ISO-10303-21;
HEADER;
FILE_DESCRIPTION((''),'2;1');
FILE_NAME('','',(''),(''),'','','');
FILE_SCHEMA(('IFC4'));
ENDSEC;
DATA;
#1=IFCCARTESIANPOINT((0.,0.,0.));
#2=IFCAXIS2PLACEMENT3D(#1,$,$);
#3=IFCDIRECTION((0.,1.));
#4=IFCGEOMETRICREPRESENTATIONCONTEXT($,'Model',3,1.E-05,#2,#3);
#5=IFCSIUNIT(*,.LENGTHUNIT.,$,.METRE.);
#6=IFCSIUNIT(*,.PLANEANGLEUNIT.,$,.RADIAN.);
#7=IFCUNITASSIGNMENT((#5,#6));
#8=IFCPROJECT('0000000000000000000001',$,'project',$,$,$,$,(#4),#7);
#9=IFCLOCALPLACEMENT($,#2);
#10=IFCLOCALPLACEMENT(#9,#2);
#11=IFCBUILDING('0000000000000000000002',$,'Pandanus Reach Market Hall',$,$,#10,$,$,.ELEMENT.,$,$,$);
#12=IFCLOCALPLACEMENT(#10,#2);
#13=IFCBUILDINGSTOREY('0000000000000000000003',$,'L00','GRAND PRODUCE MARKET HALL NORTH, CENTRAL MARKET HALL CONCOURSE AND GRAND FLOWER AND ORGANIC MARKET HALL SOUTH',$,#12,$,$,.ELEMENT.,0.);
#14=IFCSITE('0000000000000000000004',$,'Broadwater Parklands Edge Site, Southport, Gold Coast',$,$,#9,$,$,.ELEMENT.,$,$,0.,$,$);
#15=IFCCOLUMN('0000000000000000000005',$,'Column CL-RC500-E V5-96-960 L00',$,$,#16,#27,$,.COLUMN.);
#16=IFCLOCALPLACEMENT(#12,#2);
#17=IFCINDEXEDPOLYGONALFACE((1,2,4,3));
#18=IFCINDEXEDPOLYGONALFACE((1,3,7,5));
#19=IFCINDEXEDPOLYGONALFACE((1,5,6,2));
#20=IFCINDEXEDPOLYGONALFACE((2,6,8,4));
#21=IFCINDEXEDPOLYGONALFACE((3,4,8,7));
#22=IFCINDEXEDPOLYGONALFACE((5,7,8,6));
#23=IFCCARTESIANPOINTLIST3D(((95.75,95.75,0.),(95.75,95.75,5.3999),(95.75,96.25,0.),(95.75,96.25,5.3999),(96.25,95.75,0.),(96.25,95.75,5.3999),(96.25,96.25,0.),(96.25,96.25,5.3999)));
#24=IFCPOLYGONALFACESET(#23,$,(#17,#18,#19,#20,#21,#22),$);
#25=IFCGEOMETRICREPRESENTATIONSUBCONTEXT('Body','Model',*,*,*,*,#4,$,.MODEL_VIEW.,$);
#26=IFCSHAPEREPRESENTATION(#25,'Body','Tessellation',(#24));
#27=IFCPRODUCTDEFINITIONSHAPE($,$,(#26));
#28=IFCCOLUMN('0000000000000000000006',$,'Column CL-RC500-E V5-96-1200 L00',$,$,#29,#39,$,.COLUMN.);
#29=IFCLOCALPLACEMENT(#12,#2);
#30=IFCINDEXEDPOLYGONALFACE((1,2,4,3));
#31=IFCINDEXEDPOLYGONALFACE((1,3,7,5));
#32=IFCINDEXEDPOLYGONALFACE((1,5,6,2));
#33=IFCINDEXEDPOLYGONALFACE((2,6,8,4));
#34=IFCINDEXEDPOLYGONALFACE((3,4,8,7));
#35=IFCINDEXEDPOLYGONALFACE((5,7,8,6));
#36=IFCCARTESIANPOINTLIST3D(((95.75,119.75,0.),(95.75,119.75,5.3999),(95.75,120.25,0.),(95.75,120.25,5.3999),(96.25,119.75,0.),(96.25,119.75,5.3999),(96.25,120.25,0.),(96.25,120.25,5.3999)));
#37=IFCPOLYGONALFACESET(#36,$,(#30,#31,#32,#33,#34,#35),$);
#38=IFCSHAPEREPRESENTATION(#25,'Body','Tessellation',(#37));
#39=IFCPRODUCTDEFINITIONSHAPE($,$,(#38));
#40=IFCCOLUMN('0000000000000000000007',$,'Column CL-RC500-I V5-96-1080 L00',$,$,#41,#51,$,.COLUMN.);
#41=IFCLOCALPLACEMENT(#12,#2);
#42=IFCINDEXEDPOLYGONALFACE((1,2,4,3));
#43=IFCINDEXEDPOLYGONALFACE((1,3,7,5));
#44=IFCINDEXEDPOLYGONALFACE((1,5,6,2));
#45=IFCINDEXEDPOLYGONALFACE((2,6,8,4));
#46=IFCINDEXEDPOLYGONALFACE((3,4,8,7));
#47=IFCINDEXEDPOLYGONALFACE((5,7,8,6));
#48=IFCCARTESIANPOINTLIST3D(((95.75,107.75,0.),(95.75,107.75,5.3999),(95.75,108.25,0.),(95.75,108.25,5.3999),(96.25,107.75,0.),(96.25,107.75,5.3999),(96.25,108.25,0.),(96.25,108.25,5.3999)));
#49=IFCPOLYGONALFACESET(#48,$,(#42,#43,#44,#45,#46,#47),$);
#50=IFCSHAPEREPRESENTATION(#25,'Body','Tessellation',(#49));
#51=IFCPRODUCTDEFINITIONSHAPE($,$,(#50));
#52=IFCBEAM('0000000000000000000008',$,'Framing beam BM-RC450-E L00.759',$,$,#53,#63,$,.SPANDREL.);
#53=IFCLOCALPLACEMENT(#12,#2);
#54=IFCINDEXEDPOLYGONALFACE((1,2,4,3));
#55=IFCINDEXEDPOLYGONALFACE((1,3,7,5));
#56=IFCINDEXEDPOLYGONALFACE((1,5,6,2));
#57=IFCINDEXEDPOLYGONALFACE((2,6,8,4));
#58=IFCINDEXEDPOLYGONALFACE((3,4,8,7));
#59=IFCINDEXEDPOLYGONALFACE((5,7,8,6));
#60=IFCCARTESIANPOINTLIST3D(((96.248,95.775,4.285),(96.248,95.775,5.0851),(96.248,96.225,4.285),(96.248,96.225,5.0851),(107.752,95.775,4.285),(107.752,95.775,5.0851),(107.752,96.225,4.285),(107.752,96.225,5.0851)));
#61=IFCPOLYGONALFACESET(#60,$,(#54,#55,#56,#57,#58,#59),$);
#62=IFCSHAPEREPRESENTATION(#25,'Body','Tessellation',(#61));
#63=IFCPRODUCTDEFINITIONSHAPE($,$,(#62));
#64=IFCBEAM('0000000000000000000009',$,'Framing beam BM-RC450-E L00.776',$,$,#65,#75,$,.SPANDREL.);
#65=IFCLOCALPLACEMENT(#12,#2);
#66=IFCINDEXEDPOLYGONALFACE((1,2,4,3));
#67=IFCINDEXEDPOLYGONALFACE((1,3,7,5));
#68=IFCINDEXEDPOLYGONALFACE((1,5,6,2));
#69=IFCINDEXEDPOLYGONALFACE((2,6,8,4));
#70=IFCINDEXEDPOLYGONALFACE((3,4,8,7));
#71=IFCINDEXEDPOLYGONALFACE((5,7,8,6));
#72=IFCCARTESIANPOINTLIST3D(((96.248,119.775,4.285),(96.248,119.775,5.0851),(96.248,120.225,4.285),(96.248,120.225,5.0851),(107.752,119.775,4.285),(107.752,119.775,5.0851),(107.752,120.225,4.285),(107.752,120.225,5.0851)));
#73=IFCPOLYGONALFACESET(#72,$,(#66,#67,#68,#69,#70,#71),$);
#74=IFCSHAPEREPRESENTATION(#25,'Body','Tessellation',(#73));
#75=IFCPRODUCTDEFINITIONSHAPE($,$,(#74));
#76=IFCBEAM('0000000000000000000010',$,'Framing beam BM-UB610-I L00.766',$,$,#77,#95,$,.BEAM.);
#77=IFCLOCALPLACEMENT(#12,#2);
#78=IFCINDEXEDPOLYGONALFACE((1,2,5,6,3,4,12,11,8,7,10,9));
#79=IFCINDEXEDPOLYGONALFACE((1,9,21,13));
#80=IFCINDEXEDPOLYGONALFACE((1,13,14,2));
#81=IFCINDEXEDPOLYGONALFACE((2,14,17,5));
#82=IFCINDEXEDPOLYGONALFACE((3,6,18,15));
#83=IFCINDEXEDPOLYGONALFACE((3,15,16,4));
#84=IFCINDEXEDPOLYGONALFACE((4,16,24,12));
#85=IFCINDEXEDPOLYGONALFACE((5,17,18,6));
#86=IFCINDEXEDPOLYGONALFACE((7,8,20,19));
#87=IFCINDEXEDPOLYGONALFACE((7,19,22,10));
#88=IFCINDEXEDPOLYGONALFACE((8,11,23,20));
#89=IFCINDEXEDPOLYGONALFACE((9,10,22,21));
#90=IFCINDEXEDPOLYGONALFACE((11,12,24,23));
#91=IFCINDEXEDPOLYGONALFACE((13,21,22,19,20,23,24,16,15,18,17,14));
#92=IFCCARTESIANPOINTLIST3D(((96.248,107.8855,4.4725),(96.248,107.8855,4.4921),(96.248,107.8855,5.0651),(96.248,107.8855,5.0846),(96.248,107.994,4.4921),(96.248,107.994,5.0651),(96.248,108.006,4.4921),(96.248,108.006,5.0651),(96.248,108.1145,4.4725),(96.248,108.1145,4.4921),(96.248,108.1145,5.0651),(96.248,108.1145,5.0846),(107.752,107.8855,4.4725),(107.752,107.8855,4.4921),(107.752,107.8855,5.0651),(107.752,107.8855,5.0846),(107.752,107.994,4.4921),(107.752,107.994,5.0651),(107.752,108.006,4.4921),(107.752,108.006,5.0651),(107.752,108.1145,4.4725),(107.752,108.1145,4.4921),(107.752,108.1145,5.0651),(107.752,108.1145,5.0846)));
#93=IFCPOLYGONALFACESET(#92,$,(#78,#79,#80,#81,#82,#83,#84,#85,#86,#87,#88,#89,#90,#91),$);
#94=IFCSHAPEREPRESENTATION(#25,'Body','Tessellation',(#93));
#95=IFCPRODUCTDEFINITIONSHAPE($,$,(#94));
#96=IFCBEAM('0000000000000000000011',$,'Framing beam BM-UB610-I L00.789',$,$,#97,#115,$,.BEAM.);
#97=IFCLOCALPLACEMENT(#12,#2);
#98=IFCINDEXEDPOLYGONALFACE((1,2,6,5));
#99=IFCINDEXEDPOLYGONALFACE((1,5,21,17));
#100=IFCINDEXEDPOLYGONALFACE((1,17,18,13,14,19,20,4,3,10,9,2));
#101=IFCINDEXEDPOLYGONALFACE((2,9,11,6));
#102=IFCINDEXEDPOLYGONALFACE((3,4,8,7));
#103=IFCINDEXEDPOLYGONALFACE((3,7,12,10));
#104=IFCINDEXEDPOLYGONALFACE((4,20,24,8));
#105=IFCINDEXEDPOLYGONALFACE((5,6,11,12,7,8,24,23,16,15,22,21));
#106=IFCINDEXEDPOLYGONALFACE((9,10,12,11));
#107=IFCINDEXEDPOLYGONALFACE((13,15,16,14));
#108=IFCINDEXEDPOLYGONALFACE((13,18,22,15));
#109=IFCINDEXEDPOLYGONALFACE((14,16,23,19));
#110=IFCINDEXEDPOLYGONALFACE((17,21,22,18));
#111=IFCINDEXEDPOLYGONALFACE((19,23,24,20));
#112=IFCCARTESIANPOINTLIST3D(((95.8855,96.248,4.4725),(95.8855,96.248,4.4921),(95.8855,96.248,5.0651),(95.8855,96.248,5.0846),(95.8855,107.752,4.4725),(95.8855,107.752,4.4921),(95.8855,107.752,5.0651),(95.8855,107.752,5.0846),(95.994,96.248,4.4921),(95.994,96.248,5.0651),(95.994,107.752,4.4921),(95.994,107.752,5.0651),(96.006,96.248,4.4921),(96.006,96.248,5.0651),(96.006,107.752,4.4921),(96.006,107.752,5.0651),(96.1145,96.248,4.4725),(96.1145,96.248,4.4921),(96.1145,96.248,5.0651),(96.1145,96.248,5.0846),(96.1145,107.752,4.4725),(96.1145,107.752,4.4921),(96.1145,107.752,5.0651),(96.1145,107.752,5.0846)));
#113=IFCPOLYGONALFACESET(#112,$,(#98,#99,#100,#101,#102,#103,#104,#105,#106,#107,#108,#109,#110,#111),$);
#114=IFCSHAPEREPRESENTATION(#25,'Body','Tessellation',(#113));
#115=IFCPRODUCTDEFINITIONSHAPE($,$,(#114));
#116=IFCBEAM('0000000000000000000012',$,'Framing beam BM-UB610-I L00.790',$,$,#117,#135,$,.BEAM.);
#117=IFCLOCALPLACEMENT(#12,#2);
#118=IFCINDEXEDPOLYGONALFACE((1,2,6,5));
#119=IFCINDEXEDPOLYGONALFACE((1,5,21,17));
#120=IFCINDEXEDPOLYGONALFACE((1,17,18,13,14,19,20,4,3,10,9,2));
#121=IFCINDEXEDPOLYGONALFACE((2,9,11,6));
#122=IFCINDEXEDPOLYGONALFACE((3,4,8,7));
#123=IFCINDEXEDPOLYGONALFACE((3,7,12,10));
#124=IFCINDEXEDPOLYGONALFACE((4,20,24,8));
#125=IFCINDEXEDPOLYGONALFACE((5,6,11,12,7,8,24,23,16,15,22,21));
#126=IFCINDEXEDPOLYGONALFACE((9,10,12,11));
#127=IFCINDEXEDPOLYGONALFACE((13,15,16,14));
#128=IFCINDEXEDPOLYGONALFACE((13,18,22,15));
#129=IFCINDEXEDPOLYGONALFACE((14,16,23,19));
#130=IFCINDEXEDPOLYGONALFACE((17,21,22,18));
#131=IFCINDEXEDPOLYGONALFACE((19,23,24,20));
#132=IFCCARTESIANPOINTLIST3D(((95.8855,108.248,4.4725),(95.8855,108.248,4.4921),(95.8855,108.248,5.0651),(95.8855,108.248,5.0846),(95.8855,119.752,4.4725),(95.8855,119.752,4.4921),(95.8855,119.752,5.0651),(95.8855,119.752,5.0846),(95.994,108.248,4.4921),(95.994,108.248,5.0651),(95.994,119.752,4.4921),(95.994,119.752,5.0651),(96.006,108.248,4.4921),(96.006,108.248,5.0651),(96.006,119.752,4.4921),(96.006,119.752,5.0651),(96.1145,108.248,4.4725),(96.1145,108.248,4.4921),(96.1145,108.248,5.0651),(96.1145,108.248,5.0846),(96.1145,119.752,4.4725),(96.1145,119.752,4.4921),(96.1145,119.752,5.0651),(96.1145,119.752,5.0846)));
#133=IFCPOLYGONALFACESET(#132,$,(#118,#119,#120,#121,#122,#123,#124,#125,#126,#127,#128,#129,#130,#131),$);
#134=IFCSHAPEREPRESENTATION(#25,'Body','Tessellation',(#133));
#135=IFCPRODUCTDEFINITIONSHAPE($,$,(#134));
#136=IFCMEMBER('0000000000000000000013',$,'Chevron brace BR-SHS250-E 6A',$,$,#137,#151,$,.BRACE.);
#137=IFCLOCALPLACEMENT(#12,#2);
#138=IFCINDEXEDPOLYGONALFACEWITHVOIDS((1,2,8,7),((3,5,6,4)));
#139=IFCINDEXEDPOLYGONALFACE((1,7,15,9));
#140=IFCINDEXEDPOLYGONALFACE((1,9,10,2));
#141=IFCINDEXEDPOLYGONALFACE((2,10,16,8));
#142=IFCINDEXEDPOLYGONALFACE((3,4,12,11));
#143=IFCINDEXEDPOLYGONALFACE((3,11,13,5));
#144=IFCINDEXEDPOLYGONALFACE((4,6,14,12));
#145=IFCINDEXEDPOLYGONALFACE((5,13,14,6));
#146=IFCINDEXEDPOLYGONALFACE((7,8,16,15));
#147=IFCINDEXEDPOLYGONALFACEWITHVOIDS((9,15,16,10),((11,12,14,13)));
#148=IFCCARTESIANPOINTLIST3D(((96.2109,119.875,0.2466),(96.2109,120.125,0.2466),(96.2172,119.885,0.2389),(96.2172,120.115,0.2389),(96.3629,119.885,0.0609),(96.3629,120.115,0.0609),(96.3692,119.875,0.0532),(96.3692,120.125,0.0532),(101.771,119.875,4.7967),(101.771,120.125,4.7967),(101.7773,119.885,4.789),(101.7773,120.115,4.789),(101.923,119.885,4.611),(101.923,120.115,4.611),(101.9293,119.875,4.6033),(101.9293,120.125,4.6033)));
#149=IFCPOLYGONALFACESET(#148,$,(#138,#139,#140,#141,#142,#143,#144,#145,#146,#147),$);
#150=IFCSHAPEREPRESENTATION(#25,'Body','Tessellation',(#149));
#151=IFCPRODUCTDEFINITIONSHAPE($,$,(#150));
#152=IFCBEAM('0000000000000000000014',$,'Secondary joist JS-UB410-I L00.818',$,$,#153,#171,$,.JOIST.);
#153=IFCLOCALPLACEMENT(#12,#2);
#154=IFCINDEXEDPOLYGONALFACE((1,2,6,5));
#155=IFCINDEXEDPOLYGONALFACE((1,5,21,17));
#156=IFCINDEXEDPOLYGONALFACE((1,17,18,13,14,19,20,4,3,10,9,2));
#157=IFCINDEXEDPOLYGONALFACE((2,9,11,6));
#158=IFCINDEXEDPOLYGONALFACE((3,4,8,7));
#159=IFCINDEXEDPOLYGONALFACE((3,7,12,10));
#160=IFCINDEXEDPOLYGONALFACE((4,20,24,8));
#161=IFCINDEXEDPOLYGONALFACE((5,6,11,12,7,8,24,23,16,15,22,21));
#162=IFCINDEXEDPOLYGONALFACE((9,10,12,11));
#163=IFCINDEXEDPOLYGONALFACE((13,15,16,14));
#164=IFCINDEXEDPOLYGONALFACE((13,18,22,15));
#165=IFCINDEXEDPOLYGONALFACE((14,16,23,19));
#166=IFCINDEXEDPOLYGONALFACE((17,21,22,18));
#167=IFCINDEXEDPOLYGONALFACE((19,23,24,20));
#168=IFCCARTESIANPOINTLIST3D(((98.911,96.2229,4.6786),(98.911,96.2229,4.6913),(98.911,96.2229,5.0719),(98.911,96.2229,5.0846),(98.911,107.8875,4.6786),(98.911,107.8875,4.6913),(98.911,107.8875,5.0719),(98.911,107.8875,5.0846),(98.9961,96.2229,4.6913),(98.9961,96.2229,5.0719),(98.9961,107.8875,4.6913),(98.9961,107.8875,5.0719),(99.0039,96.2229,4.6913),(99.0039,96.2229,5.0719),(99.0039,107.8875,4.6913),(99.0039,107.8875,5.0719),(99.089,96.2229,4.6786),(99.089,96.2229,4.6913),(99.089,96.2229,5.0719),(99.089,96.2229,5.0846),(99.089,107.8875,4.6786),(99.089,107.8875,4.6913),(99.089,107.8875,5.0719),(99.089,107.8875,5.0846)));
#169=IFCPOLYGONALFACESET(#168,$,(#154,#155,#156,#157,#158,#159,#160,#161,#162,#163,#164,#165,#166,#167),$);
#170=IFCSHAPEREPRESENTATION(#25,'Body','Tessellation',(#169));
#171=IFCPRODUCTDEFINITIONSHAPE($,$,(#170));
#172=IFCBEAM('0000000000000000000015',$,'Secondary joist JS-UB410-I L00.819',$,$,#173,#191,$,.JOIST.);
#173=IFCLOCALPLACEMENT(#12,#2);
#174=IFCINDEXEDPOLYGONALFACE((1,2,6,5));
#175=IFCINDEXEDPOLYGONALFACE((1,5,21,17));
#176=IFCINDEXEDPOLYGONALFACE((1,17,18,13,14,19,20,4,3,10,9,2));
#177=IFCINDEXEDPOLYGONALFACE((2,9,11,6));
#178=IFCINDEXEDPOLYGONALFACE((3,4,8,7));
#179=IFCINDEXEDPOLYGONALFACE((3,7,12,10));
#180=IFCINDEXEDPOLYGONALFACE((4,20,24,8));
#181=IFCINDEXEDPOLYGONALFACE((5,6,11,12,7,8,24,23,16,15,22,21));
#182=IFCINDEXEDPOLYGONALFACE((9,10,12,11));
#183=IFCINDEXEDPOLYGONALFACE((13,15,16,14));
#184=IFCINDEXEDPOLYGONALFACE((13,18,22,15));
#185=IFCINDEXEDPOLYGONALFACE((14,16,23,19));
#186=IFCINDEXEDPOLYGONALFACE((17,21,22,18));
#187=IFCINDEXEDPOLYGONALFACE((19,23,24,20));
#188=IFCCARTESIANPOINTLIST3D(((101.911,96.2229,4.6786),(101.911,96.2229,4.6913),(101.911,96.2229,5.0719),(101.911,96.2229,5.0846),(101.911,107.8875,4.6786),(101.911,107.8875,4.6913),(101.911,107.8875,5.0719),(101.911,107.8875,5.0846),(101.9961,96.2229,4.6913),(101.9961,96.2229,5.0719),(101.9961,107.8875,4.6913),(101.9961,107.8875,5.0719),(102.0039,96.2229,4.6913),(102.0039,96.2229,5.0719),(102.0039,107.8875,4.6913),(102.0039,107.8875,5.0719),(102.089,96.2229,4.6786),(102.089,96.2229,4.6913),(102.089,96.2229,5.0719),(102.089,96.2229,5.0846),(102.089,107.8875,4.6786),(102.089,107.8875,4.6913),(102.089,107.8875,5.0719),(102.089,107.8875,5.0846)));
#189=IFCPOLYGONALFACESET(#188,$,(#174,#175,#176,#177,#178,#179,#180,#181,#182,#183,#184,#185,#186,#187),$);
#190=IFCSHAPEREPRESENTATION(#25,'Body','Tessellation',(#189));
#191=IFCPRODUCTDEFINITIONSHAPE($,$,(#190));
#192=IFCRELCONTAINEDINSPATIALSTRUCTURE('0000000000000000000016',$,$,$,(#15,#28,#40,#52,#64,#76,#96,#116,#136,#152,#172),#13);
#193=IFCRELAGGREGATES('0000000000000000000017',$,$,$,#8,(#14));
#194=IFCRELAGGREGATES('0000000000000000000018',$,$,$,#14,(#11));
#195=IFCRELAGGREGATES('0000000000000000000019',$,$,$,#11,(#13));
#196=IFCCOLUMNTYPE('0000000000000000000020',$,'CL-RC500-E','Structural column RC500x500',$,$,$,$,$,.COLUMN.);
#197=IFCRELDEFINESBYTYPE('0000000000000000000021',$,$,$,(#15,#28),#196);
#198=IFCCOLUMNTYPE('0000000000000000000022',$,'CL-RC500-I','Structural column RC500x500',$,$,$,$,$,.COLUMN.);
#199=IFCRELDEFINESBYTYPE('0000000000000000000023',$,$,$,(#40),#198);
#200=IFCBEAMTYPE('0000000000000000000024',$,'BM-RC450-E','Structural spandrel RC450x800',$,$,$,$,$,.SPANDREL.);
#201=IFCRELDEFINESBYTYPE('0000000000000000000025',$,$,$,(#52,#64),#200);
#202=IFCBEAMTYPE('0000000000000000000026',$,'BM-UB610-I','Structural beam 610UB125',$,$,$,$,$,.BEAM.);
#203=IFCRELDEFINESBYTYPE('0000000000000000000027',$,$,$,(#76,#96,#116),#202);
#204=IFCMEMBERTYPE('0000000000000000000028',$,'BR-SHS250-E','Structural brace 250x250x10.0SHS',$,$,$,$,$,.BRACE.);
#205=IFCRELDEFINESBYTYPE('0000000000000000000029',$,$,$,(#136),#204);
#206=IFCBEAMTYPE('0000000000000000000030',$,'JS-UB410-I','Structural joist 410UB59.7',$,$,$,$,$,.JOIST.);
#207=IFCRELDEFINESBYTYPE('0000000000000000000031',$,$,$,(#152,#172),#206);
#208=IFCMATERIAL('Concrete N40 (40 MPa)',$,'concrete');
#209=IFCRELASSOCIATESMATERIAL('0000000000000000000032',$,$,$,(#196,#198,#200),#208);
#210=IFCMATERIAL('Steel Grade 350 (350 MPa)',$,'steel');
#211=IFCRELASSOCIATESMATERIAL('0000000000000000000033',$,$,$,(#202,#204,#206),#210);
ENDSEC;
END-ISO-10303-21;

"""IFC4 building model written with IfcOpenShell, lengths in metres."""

from ifc_helpers import new_model, si_unit, direction, frame, origin, origin_2d, place, context, subcontext, project, spatial, rectangle, hollow_rectangle, i_section, extrude, material, material_profile, profile_set, type_object, element, save


model = new_model("IFC4")

# Units and contexts
model_context = context("Model", 3, precision=1e-05, world=origin(), true_north=direction((0.0, 1.0)))
body_context = subcontext(model_context, "Body", "Model", "MODEL_VIEW")
ifc_project = project(units=[si_unit("LENGTHUNIT", "METRE"), si_unit("PLANEANGLEUNIT", "RADIAN")], contexts=[model_context])

# Site, building, storey
site_placement = place(None, origin())
site = spatial("IfcSite", under=ifc_project, at=site_placement, Name="Broadwater Parklands Edge Site, Southport, Gold Coast", CompositionType="ELEMENT", RefElevation=0.0)
building_placement = place(site_placement, origin())
building = spatial("IfcBuilding", under=site, at=building_placement, Name="Pandanus Reach Market Hall", CompositionType="ELEMENT")
storey_placement = place(building_placement, origin())
storey = spatial("IfcBuildingStorey", under=building, at=storey_placement, Name="L00", Description="GRAND PRODUCE MARKET HALL NORTH, CENTRAL MARKET HALL CONCOURSE AND GRAND FLOWER AND ORGANIC MARKET HALL SOUTH", CompositionType="ELEMENT", Elevation=0.0)

# Columns
ifc_material_1 = material(Name="Concrete N40 (40 MPa)", Category="concrete")
ifc_material_profile_1 = material_profile(ifc_material_1, rectangle(XDim=0.5, YDim=0.5, at=origin_2d()), Name="RC500x500", Category="LoadBearing")
ifc_profile_set_1 = profile_set([ifc_material_profile_1], Name="Concrete N40 (40 MPa)")
column_type_1 = type_object("IfcColumnType", Name="CL-RC500-E", Description="Structural column RC500x500", PredefinedType="COLUMN", material=ifc_profile_set_1)
for number, where, z_axis, x_axis, name in (
    (1, (96.0, 96.0, 0.0), (0.0, 0.0, 1.0), (1.0, 0.0, 0.0), "Column CL-RC500-E V5-96-960 L00"),
    (2, (96.0, 120.0, 0.0), (0.0, 0.0, 1.0), (1.0, 0.0, 0.0), "Column CL-RC500-E V5-96-1200 L00"),
):
    element("IfcColumn", number, at=place(storey_placement, frame(where, z_axis=z_axis, x_axis=x_axis)), inside=storey, type_object=column_type_1, Name=name, PredefinedType="COLUMN", context=body_context, shape_type="SweptSolid", body=[
        extrude(rectangle(XDim=0.5, YDim=0.5, at=origin_2d()), origin(), (0.0, 0.0, 1.0), 5.3999),
    ])
ifc_material_profile_2 = material_profile(ifc_material_1, rectangle(XDim=0.5, YDim=0.5, at=origin_2d()), Name="RC500x500", Category="LoadBearing")
ifc_profile_set_2 = profile_set([ifc_material_profile_2], Name="Concrete N40 (40 MPa)")
column_type_2 = type_object("IfcColumnType", Name="CL-RC500-I", Description="Structural column RC500x500", PredefinedType="COLUMN", material=ifc_profile_set_2)
column_placement = place(storey_placement, frame((96.0, 108.0, 0.0), z_axis=(0.0, 0.0, 1.0), x_axis=(1.0, 0.0, 0.0)))
element("IfcColumn", 3, at=column_placement, inside=storey, type_object=column_type_2, Name="Column CL-RC500-I V5-96-1080 L00", PredefinedType="COLUMN", context=body_context, shape_type="SweptSolid", body=[
    extrude(rectangle(XDim=0.5, YDim=0.5, at=origin_2d()), origin(), (0.0, 0.0, 1.0), 5.3999),
])

# Beams
ifc_material_profile_3 = material_profile(ifc_material_1, rectangle(XDim=0.45, YDim=0.8, at=origin_2d()), Name="RC450x800", Category="LoadBearing")
ifc_profile_set_3 = profile_set([ifc_material_profile_3], Name="Concrete N40 (40 MPa)")
beam_type_1 = type_object("IfcBeamType", Name="BM-RC450-E", Description="Structural spandrel RC450x800", PredefinedType="SPANDREL", material=ifc_profile_set_3)
for number, where, z_axis, x_axis, name in (
    (4, (96.248, 96.0, 4.6851), (1.0, 0.0, 0.0), (0.0, 1.0, 0.0), "Framing beam BM-RC450-E L00.759"),
    (5, (96.248, 120.0, 4.6851), (1.0, 0.0, 0.0), (0.0, 1.0, 0.0), "Framing beam BM-RC450-E L00.776"),
):
    element("IfcBeam", number, at=place(storey_placement, frame(where, z_axis=z_axis, x_axis=x_axis)), inside=storey, type_object=beam_type_1, Name=name, PredefinedType="SPANDREL", context=body_context, shape_type="SweptSolid", body=[
        extrude(rectangle(XDim=0.45, YDim=0.8, at=origin_2d()), origin(), (0.0, 0.0, 1.0), 11.5039),
    ])
ifc_material_2 = material(Name="Steel Grade 350 (350 MPa)", Category="steel")
ifc_material_profile_4 = material_profile(ifc_material_2, i_section(OverallWidth=0.229, OverallDepth=0.6121, WebThickness=0.012, FlangeThickness=0.0195, at=origin_2d()), Name="610UB125", Category="LoadBearing")
ifc_profile_set_4 = profile_set([ifc_material_profile_4], Name="Steel Grade 350 (350 MPa)")
beam_type_2 = type_object("IfcBeamType", Name="BM-UB610-I", Description="Structural beam 610UB125", PredefinedType="BEAM", material=ifc_profile_set_4)
for number, where, z_axis, x_axis, name in (
    (6, (96.248, 108.0, 4.7786), (1.0, 0.0, 0.0), (0.0, 1.0, 0.0), "Framing beam BM-UB610-I L00.766"),
    (7, (96.0, 96.248, 4.7786), (0.0, 1.0, 0.0), (-1.0, 0.0, 0.0), "Framing beam BM-UB610-I L00.789"),
    (8, (96.0, 108.248, 4.7786), (0.0, 1.0, 0.0), (-1.0, 0.0, 0.0), "Framing beam BM-UB610-I L00.790"),
):
    element("IfcBeam", number, at=place(storey_placement, frame(where, z_axis=z_axis, x_axis=x_axis)), inside=storey, type_object=beam_type_2, Name=name, PredefinedType="BEAM", context=body_context, shape_type="SweptSolid", body=[
        extrude(i_section(OverallWidth=0.229, OverallDepth=0.6121, WebThickness=0.012, FlangeThickness=0.0195, at=origin_2d()), origin(), (0.0, 0.0, 1.0), 11.5039),
    ])

# Member
ifc_material_profile_5 = material_profile(ifc_material_2, hollow_rectangle(XDim=0.25, YDim=0.25, WallThickness=0.01, at=origin_2d()), Name="250x250x10.0SHS", Category="LoadBearing")
ifc_profile_set_5 = profile_set([ifc_material_profile_5], Name="Steel Grade 350 (350 MPa)")
member_type = type_object("IfcMemberType", Name="BR-SHS250-E", Description="Structural brace 250x250x10.0SHS", PredefinedType="BRACE", material=ifc_profile_set_5)
member_placement = place(storey_placement, frame((96.29, 120.0, 0.1499), z_axis=(0.773895, 0.0, 0.633314), x_axis=(0.0, 1.0, 0.0)))
element("IfcMember", 9, at=member_placement, inside=storey, type_object=member_type, Name="Chevron brace BR-SHS250-E 6A", PredefinedType="BRACE", context=body_context, shape_type="SweptSolid", body=[
    extrude(hollow_rectangle(XDim=0.25, YDim=0.25, WallThickness=0.01, at=origin_2d()), origin(), (0.0, 0.0, 1.0), 7.1846),
])

# Beams
ifc_material_profile_6 = material_profile(ifc_material_2, i_section(OverallWidth=0.178, OverallDepth=0.406, WebThickness=0.0078, FlangeThickness=0.0127, at=origin_2d()), Name="410UB59.7", Category="LoadBearing")
ifc_profile_set_6 = profile_set([ifc_material_profile_6], Name="Steel Grade 350 (350 MPa)")
beam_type_3 = type_object("IfcBeamType", Name="JS-UB410-I", Description="Structural joist 410UB59.7", PredefinedType="JOIST", material=ifc_profile_set_6)
for number, where, z_axis, x_axis, name in (
    (10, (99.0, 96.2229, 4.8816), (0.0, 1.0, 0.0), (-1.0, 0.0, 0.0), "Secondary joist JS-UB410-I L00.818"),
    (11, (102.0, 96.2229, 4.8816), (0.0, 1.0, 0.0), (-1.0, 0.0, 0.0), "Secondary joist JS-UB410-I L00.819"),
):
    element("IfcBeam", number, at=place(storey_placement, frame(where, z_axis=z_axis, x_axis=x_axis)), inside=storey, type_object=beam_type_3, Name=name, PredefinedType="JOIST", context=body_context, shape_type="SweptSolid", body=[
        extrude(i_section(OverallWidth=0.178, OverallDepth=0.406, WebThickness=0.0078, FlangeThickness=0.0127, at=origin_2d()), origin(), (0.0, 0.0, 1.0), 11.6646),
    ])

save(model, "model.ifc")
